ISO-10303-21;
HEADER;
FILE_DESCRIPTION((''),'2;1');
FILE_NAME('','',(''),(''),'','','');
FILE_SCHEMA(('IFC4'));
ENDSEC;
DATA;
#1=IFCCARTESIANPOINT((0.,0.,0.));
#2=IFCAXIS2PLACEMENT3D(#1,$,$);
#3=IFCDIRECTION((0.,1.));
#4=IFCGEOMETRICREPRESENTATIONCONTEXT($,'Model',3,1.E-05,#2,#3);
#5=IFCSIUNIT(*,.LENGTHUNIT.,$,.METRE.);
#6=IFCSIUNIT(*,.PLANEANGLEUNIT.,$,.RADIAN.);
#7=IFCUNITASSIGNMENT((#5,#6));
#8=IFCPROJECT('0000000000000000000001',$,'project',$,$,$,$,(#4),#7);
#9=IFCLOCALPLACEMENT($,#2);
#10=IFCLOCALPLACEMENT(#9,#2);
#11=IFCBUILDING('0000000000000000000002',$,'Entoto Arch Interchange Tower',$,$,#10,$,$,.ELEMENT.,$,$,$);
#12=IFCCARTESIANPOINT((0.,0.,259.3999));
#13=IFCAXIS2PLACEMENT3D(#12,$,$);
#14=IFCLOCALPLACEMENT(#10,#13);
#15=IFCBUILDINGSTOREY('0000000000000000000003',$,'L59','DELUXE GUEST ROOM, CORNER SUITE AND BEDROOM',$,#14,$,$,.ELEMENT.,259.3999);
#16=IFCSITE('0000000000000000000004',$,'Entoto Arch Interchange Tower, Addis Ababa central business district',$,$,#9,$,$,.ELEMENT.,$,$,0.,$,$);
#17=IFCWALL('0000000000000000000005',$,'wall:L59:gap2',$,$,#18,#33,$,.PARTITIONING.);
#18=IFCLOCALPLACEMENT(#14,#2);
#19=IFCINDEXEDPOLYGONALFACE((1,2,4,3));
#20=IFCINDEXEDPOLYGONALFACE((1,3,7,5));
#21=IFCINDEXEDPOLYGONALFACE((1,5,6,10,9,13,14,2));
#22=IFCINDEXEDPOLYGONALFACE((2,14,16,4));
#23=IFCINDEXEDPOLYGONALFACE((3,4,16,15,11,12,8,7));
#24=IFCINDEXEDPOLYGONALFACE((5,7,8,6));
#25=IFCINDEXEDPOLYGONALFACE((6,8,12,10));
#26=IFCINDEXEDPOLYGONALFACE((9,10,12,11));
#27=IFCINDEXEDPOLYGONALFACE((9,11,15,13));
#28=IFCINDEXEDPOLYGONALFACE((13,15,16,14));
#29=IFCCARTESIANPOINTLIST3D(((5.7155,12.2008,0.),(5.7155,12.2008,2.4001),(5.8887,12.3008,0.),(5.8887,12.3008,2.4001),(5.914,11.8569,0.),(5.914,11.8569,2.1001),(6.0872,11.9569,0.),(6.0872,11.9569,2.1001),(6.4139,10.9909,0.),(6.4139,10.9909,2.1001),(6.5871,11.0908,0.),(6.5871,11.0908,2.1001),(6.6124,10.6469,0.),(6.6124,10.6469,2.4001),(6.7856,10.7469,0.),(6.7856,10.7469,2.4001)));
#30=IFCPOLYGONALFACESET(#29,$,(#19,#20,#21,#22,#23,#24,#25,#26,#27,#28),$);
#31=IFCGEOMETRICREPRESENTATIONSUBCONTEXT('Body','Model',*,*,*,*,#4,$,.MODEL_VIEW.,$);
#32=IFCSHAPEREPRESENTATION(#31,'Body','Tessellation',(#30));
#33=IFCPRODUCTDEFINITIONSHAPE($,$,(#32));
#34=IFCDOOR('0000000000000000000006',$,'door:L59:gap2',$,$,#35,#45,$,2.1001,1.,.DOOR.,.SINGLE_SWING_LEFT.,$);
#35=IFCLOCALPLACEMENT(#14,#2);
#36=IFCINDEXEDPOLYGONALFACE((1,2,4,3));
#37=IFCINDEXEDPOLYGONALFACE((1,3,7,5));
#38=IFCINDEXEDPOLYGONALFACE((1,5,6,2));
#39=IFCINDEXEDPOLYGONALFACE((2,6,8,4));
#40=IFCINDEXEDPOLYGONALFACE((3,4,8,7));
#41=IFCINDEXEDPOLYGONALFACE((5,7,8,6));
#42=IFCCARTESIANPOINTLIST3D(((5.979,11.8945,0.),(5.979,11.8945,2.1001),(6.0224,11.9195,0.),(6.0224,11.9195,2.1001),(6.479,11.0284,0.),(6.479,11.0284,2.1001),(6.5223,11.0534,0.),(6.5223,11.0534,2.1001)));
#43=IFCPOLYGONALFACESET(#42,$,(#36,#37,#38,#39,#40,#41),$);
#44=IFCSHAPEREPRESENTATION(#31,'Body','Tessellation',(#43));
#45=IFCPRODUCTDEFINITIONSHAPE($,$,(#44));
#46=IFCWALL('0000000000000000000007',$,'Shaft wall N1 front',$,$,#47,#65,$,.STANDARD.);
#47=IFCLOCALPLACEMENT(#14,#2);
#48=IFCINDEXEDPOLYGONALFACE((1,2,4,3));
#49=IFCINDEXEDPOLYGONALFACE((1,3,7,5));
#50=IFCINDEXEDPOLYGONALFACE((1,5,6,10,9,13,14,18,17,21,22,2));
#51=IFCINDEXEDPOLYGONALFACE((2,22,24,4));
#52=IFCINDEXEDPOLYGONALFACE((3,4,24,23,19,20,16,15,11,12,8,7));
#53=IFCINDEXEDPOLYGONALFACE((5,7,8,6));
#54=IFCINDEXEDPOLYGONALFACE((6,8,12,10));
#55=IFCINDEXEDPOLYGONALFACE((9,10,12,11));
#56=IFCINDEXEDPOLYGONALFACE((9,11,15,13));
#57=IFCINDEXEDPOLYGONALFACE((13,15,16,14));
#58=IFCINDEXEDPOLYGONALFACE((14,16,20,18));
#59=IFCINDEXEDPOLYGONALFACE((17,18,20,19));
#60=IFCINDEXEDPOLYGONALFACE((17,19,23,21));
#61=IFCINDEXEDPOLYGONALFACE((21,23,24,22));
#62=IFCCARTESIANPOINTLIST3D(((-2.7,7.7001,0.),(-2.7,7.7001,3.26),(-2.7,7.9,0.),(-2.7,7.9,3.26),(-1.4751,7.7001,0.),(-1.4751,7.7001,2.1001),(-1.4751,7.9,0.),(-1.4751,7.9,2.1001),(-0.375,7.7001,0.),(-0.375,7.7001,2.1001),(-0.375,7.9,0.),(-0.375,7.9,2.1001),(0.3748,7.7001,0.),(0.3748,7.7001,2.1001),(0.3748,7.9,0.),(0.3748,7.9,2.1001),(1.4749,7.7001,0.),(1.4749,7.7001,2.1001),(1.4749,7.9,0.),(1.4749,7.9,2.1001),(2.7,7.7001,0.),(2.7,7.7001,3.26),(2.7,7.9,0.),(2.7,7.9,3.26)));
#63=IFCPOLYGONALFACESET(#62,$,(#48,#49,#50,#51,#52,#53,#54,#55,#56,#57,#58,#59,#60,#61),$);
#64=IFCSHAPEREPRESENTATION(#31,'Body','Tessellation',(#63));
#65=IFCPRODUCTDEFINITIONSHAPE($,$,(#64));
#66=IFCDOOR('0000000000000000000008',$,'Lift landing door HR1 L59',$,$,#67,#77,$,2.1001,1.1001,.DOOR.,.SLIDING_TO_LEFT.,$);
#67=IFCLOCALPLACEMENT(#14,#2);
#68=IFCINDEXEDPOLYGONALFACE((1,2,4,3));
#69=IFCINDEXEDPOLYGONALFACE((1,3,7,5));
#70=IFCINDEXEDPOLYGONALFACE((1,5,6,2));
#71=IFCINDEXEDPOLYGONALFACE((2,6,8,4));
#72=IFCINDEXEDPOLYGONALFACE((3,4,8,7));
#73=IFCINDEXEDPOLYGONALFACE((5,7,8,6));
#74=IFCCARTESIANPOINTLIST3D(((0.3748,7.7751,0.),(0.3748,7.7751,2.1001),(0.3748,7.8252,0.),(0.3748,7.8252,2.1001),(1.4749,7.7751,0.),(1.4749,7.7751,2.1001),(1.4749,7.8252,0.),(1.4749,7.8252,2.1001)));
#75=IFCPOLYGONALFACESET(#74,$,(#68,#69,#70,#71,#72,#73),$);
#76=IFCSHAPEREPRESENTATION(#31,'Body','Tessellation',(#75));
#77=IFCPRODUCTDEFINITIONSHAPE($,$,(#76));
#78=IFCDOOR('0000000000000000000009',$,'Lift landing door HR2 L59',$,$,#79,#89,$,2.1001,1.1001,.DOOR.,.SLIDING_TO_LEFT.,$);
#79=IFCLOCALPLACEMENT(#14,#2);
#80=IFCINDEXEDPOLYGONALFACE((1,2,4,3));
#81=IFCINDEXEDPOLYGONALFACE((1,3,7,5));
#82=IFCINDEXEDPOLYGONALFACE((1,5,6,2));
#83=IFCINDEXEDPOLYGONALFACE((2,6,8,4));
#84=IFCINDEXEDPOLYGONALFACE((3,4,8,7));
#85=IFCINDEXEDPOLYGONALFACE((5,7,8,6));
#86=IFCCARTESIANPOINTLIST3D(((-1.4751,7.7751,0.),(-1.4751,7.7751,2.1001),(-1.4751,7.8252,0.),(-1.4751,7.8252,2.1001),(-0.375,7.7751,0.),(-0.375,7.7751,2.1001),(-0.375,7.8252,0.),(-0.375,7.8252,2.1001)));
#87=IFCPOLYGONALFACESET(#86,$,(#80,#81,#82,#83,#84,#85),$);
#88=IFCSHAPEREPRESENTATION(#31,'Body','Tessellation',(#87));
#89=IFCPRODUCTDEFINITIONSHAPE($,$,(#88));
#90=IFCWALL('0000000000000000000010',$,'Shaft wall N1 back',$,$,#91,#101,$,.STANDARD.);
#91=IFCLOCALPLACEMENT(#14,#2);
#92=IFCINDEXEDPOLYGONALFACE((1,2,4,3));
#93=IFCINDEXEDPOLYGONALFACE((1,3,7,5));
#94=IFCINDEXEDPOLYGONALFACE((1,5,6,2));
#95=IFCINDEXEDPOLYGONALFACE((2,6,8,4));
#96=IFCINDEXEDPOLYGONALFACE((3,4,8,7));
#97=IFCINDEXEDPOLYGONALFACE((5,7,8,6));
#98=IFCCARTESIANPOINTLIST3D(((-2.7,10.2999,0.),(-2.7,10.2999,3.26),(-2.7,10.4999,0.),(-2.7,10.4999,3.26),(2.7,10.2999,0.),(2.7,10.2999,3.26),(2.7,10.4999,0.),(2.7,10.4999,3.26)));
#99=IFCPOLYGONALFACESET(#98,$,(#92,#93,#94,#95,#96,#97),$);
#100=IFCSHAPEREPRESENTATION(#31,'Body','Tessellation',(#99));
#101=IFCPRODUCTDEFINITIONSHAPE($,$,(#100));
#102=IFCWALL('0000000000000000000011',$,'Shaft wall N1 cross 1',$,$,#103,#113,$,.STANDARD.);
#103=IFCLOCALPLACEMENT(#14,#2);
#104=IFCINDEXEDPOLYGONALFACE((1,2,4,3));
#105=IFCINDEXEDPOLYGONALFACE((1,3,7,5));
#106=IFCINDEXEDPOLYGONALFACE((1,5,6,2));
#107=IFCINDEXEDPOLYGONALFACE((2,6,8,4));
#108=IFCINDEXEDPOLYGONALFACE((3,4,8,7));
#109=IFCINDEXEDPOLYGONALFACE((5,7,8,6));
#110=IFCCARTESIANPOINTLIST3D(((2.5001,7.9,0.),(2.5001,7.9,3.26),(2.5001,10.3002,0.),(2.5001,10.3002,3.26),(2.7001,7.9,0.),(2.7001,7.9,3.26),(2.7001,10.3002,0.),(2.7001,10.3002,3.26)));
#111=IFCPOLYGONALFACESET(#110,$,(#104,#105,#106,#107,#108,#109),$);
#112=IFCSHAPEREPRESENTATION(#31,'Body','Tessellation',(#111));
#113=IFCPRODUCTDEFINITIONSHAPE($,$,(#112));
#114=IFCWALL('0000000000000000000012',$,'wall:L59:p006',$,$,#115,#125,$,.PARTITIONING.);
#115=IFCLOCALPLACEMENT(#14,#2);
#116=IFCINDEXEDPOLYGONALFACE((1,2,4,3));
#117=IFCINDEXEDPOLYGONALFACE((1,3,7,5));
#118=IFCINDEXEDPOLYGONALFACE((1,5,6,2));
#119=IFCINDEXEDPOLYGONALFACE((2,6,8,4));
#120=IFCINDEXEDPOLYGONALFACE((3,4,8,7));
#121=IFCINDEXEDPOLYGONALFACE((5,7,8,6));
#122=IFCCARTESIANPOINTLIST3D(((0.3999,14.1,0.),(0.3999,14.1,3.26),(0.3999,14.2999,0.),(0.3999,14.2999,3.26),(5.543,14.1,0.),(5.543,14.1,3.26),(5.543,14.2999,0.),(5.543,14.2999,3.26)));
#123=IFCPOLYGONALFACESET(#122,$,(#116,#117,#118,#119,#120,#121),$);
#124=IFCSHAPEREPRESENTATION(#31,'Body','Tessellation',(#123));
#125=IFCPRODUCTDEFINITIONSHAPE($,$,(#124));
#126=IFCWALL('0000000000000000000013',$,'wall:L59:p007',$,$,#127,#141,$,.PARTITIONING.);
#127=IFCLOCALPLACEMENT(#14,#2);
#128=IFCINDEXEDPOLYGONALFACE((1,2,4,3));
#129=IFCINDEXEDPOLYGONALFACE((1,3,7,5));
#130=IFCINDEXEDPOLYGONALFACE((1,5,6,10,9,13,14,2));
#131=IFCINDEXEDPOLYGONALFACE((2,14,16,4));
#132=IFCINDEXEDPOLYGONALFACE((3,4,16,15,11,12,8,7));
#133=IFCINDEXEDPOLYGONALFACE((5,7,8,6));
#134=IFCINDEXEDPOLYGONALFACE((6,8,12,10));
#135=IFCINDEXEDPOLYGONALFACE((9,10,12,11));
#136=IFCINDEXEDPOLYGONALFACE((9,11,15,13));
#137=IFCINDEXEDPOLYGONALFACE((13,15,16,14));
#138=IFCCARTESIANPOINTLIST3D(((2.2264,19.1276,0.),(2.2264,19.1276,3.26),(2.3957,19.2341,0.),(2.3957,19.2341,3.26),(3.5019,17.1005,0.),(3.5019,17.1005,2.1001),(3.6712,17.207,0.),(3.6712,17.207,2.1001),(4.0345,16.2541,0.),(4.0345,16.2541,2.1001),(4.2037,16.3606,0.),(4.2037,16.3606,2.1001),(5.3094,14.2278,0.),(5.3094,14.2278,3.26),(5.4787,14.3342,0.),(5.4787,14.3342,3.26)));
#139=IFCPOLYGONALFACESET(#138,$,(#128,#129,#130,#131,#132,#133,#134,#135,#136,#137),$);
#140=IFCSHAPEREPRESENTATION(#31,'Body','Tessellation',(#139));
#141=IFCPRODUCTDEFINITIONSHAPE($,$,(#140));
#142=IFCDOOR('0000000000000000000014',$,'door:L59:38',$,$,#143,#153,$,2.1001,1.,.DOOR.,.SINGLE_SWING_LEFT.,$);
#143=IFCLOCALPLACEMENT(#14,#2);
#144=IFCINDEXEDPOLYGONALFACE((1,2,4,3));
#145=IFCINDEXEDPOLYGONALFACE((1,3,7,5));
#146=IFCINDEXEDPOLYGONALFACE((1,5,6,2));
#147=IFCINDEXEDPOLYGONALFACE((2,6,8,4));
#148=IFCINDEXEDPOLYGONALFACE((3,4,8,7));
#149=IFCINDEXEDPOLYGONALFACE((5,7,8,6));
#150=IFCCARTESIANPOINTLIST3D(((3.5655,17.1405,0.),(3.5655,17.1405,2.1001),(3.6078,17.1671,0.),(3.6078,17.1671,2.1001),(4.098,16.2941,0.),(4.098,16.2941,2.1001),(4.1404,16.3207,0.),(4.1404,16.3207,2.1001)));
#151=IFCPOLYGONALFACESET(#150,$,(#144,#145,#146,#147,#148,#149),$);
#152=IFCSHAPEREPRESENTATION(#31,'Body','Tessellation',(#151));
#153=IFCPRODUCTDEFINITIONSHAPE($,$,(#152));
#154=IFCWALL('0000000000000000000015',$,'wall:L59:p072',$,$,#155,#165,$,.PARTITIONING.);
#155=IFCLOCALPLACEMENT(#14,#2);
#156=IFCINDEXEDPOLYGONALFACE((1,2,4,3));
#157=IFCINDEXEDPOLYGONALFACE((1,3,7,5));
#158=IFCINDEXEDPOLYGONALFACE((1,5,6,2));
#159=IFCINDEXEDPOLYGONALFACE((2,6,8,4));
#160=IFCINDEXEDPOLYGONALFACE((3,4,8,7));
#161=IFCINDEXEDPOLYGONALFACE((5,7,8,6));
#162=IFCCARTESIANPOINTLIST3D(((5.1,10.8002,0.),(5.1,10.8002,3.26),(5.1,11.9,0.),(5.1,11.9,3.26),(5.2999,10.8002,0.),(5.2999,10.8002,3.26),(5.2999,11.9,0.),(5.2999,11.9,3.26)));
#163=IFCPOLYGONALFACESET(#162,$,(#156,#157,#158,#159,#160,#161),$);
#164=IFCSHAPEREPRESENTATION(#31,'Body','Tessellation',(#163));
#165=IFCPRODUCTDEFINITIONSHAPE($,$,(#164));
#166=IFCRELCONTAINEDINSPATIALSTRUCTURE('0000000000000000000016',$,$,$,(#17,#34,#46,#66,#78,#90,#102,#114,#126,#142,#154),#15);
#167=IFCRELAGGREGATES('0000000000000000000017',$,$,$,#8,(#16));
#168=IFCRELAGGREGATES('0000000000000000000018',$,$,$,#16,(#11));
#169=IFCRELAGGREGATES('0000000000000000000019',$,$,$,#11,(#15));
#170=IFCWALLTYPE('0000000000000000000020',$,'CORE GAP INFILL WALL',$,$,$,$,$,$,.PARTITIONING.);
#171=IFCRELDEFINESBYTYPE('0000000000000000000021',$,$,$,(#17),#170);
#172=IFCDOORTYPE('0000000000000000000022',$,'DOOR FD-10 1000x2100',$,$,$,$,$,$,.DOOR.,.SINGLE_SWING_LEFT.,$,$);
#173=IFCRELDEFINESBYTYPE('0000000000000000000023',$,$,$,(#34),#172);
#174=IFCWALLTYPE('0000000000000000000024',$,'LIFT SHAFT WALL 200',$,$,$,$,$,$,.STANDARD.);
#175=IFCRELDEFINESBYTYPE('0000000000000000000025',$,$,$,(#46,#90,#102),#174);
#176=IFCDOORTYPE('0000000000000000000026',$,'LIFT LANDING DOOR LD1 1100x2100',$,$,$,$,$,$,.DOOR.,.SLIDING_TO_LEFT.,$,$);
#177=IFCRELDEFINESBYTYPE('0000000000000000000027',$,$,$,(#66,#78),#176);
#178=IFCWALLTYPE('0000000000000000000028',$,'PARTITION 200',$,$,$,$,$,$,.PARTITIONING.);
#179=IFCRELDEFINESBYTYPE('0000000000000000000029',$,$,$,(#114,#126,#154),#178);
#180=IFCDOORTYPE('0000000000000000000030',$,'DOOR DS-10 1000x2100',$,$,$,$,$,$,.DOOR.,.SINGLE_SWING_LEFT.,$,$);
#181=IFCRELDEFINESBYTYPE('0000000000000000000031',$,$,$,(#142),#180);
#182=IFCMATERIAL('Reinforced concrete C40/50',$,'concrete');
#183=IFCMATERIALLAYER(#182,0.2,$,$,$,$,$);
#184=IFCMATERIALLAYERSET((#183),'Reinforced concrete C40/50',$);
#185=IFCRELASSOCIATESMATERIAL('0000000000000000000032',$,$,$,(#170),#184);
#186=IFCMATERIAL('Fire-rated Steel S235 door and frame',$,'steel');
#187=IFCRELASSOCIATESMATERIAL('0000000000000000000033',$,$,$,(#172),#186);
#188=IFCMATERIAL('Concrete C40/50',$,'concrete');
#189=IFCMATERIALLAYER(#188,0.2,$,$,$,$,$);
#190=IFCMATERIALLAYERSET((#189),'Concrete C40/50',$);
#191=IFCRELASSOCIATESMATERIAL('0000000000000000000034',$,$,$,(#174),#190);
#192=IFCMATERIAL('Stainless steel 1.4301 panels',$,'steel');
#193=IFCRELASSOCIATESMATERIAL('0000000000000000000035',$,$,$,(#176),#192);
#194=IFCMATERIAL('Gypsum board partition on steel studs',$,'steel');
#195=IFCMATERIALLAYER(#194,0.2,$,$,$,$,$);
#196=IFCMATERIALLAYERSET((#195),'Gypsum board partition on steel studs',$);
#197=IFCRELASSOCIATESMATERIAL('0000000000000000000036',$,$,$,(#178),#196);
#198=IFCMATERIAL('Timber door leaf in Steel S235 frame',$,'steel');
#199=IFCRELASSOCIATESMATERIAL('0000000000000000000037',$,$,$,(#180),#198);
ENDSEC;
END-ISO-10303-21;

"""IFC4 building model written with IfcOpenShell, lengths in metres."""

from ifc_helpers import new_model, si_unit, direction, frame, frame_2d, origin, place, context, subcontext, project, spatial, rectangle, extrude, material, layer, layer_set, type_object, element, fill, save


model = new_model("IFC4")

# Units and contexts
model_context = context("Model", 3, precision=1e-05, world=origin(), true_north=direction((0.0, 1.0)))
body_context = subcontext(model_context, "Body", "Model", "MODEL_VIEW")
ifc_project = project(units=[si_unit("LENGTHUNIT", "METRE"), si_unit("PLANEANGLEUNIT", "RADIAN")], contexts=[model_context])

# Site, building, storey
site_placement = place(None, origin())
site = spatial("IfcSite", under=ifc_project, at=site_placement, Name="Entoto Arch Interchange Tower, Addis Ababa central business district", CompositionType="ELEMENT", RefElevation=0.0)
building_placement = place(site_placement, origin())
building = spatial("IfcBuilding", under=site, at=building_placement, Name="Entoto Arch Interchange Tower", CompositionType="ELEMENT")
storey_placement = place(building_placement, frame((0.0, 0.0, 259.3999)))
storey = spatial("IfcBuildingStorey", under=building, at=storey_placement, Name="L59", Description="DELUXE GUEST ROOM, CORNER SUITE AND BEDROOM", CompositionType="ELEMENT", Elevation=259.3999)

# Wall, opening, door
ifc_material_1 = material(Name="Reinforced concrete C40/50", Category="concrete")
ifc_layer_1 = layer(ifc_material_1, 0.2)
ifc_layer_set_1 = layer_set([ifc_layer_1], Name="Reinforced concrete C40/50")
wall_type_1 = type_object("IfcWallType", Name="CORE GAP INFILL WALL", PredefinedType="PARTITIONING", material=ifc_layer_set_1)
wall_1_placement = place(storey_placement, frame((6.699, 10.697, 0.0), z_axis=(0.0, 0.0, 1.0), x_axis=(-0.499915, 0.866075, 0.0)))
wall_1 = element("IfcWall", 1, at=wall_1_placement, inside=storey, type_object=wall_type_1, Name="wall:L59:gap2", PredefinedType="PARTITIONING", context=body_context, shape_type="SweptSolid", body=[
    extrude(rectangle(XDim=1.7942, YDim=0.2, at=frame_2d((0.897, 0.0))), origin(), (0.0, 0.0, 1.0), 2.4001),
])
opening_1_placement = place(wall_1_placement, frame((0.397, 0.0, 0.0)))
opening_1 = element("IfcOpeningElement", 2, at=opening_1_placement, cuts=wall_1, PredefinedType="OPENING", context=body_context, shape_type="SweptSolid", body=[
    extrude(rectangle(XDim=1.0, YDim=2.1001, at=frame_2d((0.5, 1.05))), frame((0.0, 0.1099, 0.0), z_axis=(0.0, -1.0, 0.0), x_axis=(1.0, 0.0, 0.0)), (0.0, 0.0, 1.0), 0.22),
])
ifc_material_2 = material(Name="Fire-rated Steel S235 door and frame", Category="steel")
door_type_1 = type_object("IfcDoorType", Name="DOOR FD-10 1000x2100", OperationType="SINGLE_SWING_LEFT", PredefinedType="DOOR", material=ifc_material_2)
door_1_placement = place(opening_1_placement, origin())
door_1 = element("IfcDoor", 3, at=door_1_placement, inside=storey, type_object=door_type_1, Name="door:L59:gap2", OperationType="SINGLE_SWING_LEFT", OverallHeight=2.1001, OverallWidth=1.0, PredefinedType="DOOR", context=body_context, shape_type="SweptSolid", body=[
    extrude(rectangle(XDim=1.0, YDim=2.1001, at=frame_2d((0.5, 1.05))), frame((0.0, 0.0249, 0.0), z_axis=(0.0, -1.0, 0.0), x_axis=(1.0, 0.0, 0.0)), (0.0, 0.0, 1.0), 0.05),
])
fill(opening_1, door_1)

# Wall, openings, doors
ifc_material_3 = material(Name="Concrete C40/50", Category="concrete")
ifc_layer_2 = layer(ifc_material_3, 0.2)
ifc_layer_set_2 = layer_set([ifc_layer_2], Name="Concrete C40/50")
wall_type_2 = type_object("IfcWallType", Name="LIFT SHAFT WALL 200", PredefinedType="STANDARD", material=ifc_layer_set_2)
wall_2_placement = place(storey_placement, frame((2.7, 7.8, 0.0), z_axis=(0.0, 0.0, 1.0), x_axis=(-1.0, 0.0, 0.0)))
wall_2 = element("IfcWall", 4, at=wall_2_placement, inside=storey, type_object=wall_type_2, Name="Shaft wall N1 front", PredefinedType="STANDARD", context=body_context, shape_type="SweptSolid", body=[
    extrude(rectangle(XDim=5.3999, YDim=0.2, at=frame_2d((2.7, 0.0))), origin(), (0.0, 0.0, 1.0), 3.26),
])
opening_2_placement = place(wall_2_placement, frame((1.2251, 0.0, 0.0)))
opening_2 = element("IfcOpeningElement", 5, at=opening_2_placement, cuts=wall_2, PredefinedType="OPENING", context=body_context, shape_type="SweptSolid", body=[
    extrude(rectangle(XDim=1.1001, YDim=2.1001, at=frame_2d((0.55, 1.05))), frame((0.0, 0.1099, 0.0), z_axis=(0.0, -1.0, 0.0), x_axis=(1.0, 0.0, 0.0)), (0.0, 0.0, 1.0), 0.22),
])
opening_3_placement = place(wall_2_placement, frame((3.075, 0.0, 0.0)))
opening_3 = element("IfcOpeningElement", 6, at=opening_3_placement, cuts=wall_2, PredefinedType="OPENING", context=body_context, shape_type="SweptSolid", body=[
    extrude(rectangle(XDim=1.1001, YDim=2.1001, at=frame_2d((0.55, 1.05))), frame((0.0, 0.1099, 0.0), z_axis=(0.0, -1.0, 0.0), x_axis=(1.0, 0.0, 0.0)), (0.0, 0.0, 1.0), 0.22),
])
ifc_material_4 = material(Name="Stainless steel 1.4301 panels", Category="steel")
door_type_2 = type_object("IfcDoorType", Name="LIFT LANDING DOOR LD1 1100x2100", OperationType="SLIDING_TO_LEFT", PredefinedType="DOOR", material=ifc_material_4)
door_2_placement = place(opening_2_placement, origin())
door_2 = element("IfcDoor", 7, at=door_2_placement, inside=storey, type_object=door_type_2, Name="Lift landing door HR1 L59", OperationType="SLIDING_TO_LEFT", OverallHeight=2.1001, OverallWidth=1.1001, PredefinedType="DOOR", context=body_context, shape_type="SweptSolid", body=[
    extrude(rectangle(XDim=1.1001, YDim=2.1001, at=frame_2d((0.55, 1.05))), frame((0.0, 0.0249, 0.0), z_axis=(0.0, -1.0, 0.0), x_axis=(1.0, 0.0, 0.0)), (0.0, 0.0, 1.0), 0.05),
])
fill(opening_2, door_2)
door_3_placement = place(opening_3_placement, origin())
door_3 = element("IfcDoor", 8, at=door_3_placement, inside=storey, type_object=door_type_2, Name="Lift landing door HR2 L59", OperationType="SLIDING_TO_LEFT", OverallHeight=2.1001, OverallWidth=1.1001, PredefinedType="DOOR", context=body_context, shape_type="SweptSolid", body=[
    extrude(rectangle(XDim=1.1001, YDim=2.1001, at=frame_2d((0.55, 1.05))), frame((0.0, 0.0249, 0.0), z_axis=(0.0, -1.0, 0.0), x_axis=(1.0, 0.0, 0.0)), (0.0, 0.0, 1.0), 0.05),
])
fill(opening_3, door_3)

# Walls
wall_3_placement = place(storey_placement, frame((2.7, 10.3999, 0.0), z_axis=(0.0, 0.0, 1.0), x_axis=(-1.0, 0.0, 0.0)))
element("IfcWall", 9, at=wall_3_placement, inside=storey, type_object=wall_type_2, Name="Shaft wall N1 back", PredefinedType="STANDARD", context=body_context, shape_type="SweptSolid", body=[
    extrude(rectangle(XDim=5.3999, YDim=0.2, at=frame_2d((2.7, 0.0))), origin(), (0.0, 0.0, 1.0), 3.26),
])
wall_4_placement = place(storey_placement, frame((2.6001, 7.8999, 0.0), z_axis=(0.0, 0.0, 1.0), x_axis=(0.0, 1.0, 0.0)))
element("IfcWall", 10, at=wall_4_placement, inside=storey, type_object=wall_type_2, Name="Shaft wall N1 cross 1", PredefinedType="STANDARD", context=body_context, shape_type="SweptSolid", body=[
    extrude(rectangle(XDim=2.4001, YDim=0.2, at=frame_2d((1.2002, 0.0))), origin(), (0.0, 0.0, 1.0), 3.26),
])
ifc_material_5 = material(Name="Gypsum board partition on steel studs", Category="steel")
ifc_layer_3 = layer(ifc_material_5, 0.2)
ifc_layer_set_3 = layer_set([ifc_layer_3], Name="Gypsum board partition on steel studs")
wall_type_3 = type_object("IfcWallType", Name="PARTITION 200", PredefinedType="PARTITIONING", material=ifc_layer_set_3)
wall_5_placement = place(storey_placement, frame((0.3999, 14.2, 0.0), z_axis=(0.0, 0.0, 1.0), x_axis=(1.0, 0.0, 0.0)))
element("IfcWall", 11, at=wall_5_placement, inside=storey, type_object=wall_type_3, Name="wall:L59:p006", PredefinedType="PARTITIONING", context=body_context, shape_type="SweptSolid", body=[
    extrude(rectangle(XDim=5.1431, YDim=0.2, at=frame_2d((2.5715, 0.0))), origin(), (0.0, 0.0, 1.0), 3.26),
])

# Wall, opening, door
wall_6_placement = place(storey_placement, frame((5.394, 14.281, 0.0), z_axis=(0.0, 0.0, 1.0), x_axis=(-0.532552, 0.846398, 0.0)))
wall_6 = element("IfcWall", 12, at=wall_6_placement, inside=storey, type_object=wall_type_3, Name="wall:L59:p007", PredefinedType="PARTITIONING", context=body_context, shape_type="SweptSolid", body=[
    extrude(rectangle(XDim=5.7891, YDim=0.2, at=frame_2d((2.8945, 0.0))), origin(), (0.0, 0.0, 1.0), 3.26),
])
opening_4_placement = place(wall_6_placement, frame((2.394, 0.0, 0.0)))
opening_4 = element("IfcOpeningElement", 13, at=opening_4_placement, cuts=wall_6, PredefinedType="OPENING", context=body_context, shape_type="SweptSolid", body=[
    extrude(rectangle(XDim=1.0, YDim=2.1001, at=frame_2d((0.5, 1.05))), frame((0.0, 0.1099, 0.0), z_axis=(0.0, -1.0, 0.0), x_axis=(1.0, 0.0, 0.0)), (0.0, 0.0, 1.0), 0.22),
])
ifc_material_6 = material(Name="Timber door leaf in Steel S235 frame", Category="steel")
door_type_3 = type_object("IfcDoorType", Name="DOOR DS-10 1000x2100", OperationType="SINGLE_SWING_LEFT", PredefinedType="DOOR", material=ifc_material_6)
door_4_placement = place(opening_4_placement, origin())
door_4 = element("IfcDoor", 14, at=door_4_placement, inside=storey, type_object=door_type_3, Name="door:L59:38", OperationType="SINGLE_SWING_LEFT", OverallHeight=2.1001, OverallWidth=1.0, PredefinedType="DOOR", context=body_context, shape_type="SweptSolid", body=[
    extrude(rectangle(XDim=1.0, YDim=2.1001, at=frame_2d((0.5, 1.05))), frame((0.0, 0.0249, 0.0), z_axis=(0.0, -1.0, 0.0), x_axis=(1.0, 0.0, 0.0)), (0.0, 0.0, 1.0), 0.05),
])
fill(opening_4, door_4)

# Wall
wall_7_placement = place(storey_placement, frame((5.2, 11.8999, 0.0), z_axis=(0.0, 0.0, 1.0), x_axis=(0.0, -1.0, 0.0)))
element("IfcWall", 15, at=wall_7_placement, inside=storey, type_object=wall_type_3, Name="wall:L59:p072", PredefinedType="PARTITIONING", context=body_context, shape_type="SweptSolid", body=[
    extrude(rectangle(XDim=1.0999, YDim=0.2, at=frame_2d((0.5498, 0.0))), origin(), (0.0, 0.0, 1.0), 3.26),
])

save(model, "model.ifc")
